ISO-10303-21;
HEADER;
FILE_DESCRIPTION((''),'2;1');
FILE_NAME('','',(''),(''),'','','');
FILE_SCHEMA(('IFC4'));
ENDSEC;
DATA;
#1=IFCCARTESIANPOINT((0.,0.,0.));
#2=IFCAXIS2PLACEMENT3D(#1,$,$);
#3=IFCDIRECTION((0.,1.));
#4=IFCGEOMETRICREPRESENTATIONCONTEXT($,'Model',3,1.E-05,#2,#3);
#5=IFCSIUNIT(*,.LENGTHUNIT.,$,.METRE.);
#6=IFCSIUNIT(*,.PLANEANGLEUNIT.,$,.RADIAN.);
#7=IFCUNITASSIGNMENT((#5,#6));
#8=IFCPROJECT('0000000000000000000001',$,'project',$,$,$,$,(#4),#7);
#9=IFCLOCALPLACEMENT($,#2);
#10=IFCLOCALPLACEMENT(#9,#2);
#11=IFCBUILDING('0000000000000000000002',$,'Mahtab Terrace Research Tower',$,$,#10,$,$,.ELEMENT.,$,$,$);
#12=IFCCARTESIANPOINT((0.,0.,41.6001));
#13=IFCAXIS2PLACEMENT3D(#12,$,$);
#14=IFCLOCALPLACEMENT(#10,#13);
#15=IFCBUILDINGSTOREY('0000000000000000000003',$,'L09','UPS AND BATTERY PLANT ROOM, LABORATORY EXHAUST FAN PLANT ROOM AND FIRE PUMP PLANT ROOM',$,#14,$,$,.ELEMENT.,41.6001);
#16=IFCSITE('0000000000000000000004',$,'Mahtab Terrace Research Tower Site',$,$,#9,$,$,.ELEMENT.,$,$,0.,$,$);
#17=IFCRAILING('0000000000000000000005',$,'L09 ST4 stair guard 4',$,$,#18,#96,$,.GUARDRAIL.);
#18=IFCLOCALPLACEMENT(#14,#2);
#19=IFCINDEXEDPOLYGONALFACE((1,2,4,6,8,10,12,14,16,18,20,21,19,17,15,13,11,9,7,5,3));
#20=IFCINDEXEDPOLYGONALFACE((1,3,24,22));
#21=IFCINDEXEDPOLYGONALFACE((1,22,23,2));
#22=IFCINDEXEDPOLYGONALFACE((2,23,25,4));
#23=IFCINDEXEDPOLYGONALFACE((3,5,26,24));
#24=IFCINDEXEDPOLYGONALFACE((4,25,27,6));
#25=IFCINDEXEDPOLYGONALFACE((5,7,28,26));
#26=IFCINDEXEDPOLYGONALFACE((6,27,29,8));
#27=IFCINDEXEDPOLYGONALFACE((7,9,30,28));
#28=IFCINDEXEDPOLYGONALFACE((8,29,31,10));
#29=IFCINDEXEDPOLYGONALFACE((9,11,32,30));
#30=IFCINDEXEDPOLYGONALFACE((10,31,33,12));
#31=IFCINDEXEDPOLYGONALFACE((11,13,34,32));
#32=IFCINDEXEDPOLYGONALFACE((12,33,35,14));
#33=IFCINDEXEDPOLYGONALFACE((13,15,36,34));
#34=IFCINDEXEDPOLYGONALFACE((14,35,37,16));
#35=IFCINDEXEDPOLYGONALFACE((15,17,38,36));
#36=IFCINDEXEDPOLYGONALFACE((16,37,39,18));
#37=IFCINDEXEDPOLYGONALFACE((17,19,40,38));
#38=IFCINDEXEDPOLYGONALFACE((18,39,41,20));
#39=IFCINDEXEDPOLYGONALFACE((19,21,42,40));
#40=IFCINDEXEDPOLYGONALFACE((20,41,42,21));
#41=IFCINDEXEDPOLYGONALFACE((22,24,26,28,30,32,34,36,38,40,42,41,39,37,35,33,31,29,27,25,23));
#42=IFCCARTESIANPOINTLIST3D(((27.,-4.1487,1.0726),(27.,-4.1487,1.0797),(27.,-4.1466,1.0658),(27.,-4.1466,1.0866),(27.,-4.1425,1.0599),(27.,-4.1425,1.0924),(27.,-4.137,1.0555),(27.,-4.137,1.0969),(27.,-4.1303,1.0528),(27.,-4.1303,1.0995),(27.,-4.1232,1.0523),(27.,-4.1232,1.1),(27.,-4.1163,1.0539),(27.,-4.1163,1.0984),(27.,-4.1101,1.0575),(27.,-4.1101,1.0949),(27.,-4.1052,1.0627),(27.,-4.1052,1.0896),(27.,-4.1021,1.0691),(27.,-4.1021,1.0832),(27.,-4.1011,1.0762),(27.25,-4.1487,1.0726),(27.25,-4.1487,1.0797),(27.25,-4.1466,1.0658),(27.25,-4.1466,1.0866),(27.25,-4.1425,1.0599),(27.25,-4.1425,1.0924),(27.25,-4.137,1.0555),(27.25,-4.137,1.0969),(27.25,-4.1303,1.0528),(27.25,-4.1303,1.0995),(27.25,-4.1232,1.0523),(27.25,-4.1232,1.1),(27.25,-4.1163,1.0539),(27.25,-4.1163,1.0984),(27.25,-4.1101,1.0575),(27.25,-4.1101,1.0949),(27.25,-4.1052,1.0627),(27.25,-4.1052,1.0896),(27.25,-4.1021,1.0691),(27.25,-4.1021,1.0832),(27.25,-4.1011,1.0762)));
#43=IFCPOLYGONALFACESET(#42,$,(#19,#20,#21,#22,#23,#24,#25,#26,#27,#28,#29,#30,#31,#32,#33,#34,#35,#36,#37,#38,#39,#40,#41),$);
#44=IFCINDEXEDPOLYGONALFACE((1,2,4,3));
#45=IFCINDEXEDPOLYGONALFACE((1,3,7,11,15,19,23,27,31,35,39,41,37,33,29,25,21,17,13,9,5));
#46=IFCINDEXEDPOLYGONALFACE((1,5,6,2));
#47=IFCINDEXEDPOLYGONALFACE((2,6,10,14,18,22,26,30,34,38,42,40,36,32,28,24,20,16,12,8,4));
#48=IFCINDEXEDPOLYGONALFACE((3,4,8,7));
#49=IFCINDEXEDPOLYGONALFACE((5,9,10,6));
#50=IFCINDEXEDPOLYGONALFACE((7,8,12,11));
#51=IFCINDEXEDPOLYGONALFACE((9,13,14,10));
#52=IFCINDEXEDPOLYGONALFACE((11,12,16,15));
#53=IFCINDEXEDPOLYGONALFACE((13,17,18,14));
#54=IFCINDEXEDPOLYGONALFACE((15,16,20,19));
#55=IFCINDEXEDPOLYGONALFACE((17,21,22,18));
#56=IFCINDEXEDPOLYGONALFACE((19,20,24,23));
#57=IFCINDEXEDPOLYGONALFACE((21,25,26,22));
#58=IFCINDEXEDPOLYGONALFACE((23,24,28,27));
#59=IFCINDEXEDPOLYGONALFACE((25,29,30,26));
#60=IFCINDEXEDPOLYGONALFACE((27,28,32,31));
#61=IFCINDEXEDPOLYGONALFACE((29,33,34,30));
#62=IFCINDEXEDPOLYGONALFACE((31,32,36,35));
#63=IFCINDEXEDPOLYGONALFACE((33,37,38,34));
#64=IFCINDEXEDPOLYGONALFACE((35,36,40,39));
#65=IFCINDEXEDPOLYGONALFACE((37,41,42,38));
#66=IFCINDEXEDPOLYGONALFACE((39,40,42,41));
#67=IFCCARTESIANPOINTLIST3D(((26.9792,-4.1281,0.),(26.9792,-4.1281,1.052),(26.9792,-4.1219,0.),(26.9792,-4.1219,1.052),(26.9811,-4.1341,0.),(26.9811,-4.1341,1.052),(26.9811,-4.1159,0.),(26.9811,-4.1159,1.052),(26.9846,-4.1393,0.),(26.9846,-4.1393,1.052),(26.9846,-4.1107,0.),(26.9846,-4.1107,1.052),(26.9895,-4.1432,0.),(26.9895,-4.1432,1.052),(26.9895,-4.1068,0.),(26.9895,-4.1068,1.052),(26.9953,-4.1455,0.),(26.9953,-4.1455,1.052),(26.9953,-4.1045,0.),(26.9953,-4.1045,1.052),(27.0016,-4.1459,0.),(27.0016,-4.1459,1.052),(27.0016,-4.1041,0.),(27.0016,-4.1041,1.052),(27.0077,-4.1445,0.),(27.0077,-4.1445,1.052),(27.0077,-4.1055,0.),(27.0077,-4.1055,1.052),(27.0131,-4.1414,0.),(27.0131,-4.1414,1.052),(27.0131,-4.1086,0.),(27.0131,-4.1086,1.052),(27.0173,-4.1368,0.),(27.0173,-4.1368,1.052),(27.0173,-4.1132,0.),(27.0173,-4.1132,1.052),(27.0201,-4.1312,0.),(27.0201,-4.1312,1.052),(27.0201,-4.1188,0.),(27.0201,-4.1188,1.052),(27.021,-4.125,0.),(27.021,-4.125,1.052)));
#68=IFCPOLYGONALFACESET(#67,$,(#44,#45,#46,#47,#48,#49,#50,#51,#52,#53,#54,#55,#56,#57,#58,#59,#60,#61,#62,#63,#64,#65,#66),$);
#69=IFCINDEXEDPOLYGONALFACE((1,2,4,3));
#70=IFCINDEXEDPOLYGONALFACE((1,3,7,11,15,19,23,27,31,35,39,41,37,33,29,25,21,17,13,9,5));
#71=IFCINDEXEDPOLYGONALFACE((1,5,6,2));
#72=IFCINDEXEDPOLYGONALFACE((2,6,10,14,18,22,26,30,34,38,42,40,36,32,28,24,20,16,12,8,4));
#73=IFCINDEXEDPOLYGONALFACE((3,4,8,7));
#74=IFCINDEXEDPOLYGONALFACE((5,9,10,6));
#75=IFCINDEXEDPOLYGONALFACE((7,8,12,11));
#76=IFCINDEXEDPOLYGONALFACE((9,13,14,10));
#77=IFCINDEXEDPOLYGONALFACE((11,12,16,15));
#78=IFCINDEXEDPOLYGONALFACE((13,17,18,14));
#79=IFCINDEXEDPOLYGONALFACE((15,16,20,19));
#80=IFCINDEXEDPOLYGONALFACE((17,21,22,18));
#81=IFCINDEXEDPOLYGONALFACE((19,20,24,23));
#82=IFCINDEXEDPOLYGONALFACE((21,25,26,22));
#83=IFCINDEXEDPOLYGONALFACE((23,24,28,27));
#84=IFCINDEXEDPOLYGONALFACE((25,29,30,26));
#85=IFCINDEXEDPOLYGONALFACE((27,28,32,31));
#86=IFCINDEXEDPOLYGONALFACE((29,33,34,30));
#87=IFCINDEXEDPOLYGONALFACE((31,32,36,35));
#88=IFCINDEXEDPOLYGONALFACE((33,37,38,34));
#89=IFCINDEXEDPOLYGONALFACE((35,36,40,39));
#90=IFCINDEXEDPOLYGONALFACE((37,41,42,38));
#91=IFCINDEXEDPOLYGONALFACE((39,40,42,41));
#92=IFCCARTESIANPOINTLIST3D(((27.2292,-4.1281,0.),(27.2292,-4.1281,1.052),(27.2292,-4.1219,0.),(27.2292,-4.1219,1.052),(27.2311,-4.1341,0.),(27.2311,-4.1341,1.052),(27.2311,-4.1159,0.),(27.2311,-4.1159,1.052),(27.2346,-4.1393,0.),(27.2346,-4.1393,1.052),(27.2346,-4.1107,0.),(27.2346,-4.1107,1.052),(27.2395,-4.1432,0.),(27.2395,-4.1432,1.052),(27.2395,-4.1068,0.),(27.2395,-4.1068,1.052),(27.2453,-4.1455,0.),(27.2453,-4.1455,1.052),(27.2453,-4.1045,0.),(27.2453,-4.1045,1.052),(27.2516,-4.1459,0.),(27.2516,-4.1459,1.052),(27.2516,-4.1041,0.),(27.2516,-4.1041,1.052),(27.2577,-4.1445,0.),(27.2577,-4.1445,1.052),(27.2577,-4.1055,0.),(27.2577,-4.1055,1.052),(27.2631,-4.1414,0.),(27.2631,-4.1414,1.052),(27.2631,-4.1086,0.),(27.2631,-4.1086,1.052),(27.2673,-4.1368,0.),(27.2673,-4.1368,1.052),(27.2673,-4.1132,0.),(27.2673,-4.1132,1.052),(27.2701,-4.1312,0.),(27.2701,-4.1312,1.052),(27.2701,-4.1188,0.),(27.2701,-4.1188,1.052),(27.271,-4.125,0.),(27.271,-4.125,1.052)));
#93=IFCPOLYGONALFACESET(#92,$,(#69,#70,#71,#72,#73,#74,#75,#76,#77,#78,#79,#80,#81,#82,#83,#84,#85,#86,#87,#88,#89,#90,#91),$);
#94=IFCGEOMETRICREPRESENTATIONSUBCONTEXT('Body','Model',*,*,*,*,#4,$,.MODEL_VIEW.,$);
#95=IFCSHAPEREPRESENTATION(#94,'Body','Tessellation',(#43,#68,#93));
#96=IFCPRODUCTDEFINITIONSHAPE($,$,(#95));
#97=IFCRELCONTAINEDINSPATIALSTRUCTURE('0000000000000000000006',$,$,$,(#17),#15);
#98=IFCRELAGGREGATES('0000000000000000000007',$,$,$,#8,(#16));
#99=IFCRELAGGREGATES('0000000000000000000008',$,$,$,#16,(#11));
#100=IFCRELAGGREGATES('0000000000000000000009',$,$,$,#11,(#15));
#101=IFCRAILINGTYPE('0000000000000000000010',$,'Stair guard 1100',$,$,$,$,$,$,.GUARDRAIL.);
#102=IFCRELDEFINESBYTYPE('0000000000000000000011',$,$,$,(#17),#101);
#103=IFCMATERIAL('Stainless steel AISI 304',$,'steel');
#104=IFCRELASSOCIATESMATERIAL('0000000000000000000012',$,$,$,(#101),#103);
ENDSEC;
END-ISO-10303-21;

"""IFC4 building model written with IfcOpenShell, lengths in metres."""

from ifc_helpers import new_model, si_unit, direction, frame, origin, origin_2d, place, context, subcontext, project, spatial, circle, extrude, material, type_object, element, save


model = new_model("IFC4")

# Units and contexts
model_context = context("Model", 3, precision=1e-05, world=origin(), true_north=direction((0.0, 1.0)))
body_context = subcontext(model_context, "Body", "Model", "MODEL_VIEW")
ifc_project = project(units=[si_unit("LENGTHUNIT", "METRE"), si_unit("PLANEANGLEUNIT", "RADIAN")], contexts=[model_context])

# Site, building, storey
site_placement = place(None, origin())
site = spatial("IfcSite", under=ifc_project, at=site_placement, Name="Mahtab Terrace Research Tower Site", CompositionType="ELEMENT", RefElevation=0.0)
building_placement = place(site_placement, origin())
building = spatial("IfcBuilding", under=site, at=building_placement, Name="Mahtab Terrace Research Tower", CompositionType="ELEMENT")
storey_placement = place(building_placement, frame((0.0, 0.0, 41.6001)))
storey = spatial("IfcBuildingStorey", under=building, at=storey_placement, Name="L09", Description="UPS AND BATTERY PLANT ROOM, LABORATORY EXHAUST FAN PLANT ROOM AND FIRE PUMP PLANT ROOM", CompositionType="ELEMENT", Elevation=41.6001)

# Railing
ifc_material_1 = material(Name="Stainless steel AISI 304", Category="steel")
railing_type_1 = type_object("IfcRailingType", Name="Stair guard 1100", PredefinedType="GUARDRAIL", material=ifc_material_1)
railing_1_placement = place(storey_placement, frame((27.0, -4.125, 0.0)))
element("IfcRailing", 1, at=railing_1_placement, inside=storey, type_object=railing_type_1, Name="L09 ST4 stair guard 4", PredefinedType="GUARDRAIL", context=body_context, shape_type="SweptSolid", body=[
    extrude(circle(Radius=0.0239, at=origin_2d()), frame((0.0, 0.0, 1.0762), z_axis=(1.0, 0.0, 0.0), x_axis=(0.0, 1.0, 0.0)), (0.0, 0.0, 1.0), 0.25),
    extrude(circle(Radius=0.021, at=origin_2d()), origin(), (0.0, 0.0, 1.0), 1.052),
    extrude(circle(Radius=0.021, at=origin_2d()), frame((0.25, 0.0, 0.0)), (0.0, 0.0, 1.0), 1.052),
])

save(model, "model.ifc")
